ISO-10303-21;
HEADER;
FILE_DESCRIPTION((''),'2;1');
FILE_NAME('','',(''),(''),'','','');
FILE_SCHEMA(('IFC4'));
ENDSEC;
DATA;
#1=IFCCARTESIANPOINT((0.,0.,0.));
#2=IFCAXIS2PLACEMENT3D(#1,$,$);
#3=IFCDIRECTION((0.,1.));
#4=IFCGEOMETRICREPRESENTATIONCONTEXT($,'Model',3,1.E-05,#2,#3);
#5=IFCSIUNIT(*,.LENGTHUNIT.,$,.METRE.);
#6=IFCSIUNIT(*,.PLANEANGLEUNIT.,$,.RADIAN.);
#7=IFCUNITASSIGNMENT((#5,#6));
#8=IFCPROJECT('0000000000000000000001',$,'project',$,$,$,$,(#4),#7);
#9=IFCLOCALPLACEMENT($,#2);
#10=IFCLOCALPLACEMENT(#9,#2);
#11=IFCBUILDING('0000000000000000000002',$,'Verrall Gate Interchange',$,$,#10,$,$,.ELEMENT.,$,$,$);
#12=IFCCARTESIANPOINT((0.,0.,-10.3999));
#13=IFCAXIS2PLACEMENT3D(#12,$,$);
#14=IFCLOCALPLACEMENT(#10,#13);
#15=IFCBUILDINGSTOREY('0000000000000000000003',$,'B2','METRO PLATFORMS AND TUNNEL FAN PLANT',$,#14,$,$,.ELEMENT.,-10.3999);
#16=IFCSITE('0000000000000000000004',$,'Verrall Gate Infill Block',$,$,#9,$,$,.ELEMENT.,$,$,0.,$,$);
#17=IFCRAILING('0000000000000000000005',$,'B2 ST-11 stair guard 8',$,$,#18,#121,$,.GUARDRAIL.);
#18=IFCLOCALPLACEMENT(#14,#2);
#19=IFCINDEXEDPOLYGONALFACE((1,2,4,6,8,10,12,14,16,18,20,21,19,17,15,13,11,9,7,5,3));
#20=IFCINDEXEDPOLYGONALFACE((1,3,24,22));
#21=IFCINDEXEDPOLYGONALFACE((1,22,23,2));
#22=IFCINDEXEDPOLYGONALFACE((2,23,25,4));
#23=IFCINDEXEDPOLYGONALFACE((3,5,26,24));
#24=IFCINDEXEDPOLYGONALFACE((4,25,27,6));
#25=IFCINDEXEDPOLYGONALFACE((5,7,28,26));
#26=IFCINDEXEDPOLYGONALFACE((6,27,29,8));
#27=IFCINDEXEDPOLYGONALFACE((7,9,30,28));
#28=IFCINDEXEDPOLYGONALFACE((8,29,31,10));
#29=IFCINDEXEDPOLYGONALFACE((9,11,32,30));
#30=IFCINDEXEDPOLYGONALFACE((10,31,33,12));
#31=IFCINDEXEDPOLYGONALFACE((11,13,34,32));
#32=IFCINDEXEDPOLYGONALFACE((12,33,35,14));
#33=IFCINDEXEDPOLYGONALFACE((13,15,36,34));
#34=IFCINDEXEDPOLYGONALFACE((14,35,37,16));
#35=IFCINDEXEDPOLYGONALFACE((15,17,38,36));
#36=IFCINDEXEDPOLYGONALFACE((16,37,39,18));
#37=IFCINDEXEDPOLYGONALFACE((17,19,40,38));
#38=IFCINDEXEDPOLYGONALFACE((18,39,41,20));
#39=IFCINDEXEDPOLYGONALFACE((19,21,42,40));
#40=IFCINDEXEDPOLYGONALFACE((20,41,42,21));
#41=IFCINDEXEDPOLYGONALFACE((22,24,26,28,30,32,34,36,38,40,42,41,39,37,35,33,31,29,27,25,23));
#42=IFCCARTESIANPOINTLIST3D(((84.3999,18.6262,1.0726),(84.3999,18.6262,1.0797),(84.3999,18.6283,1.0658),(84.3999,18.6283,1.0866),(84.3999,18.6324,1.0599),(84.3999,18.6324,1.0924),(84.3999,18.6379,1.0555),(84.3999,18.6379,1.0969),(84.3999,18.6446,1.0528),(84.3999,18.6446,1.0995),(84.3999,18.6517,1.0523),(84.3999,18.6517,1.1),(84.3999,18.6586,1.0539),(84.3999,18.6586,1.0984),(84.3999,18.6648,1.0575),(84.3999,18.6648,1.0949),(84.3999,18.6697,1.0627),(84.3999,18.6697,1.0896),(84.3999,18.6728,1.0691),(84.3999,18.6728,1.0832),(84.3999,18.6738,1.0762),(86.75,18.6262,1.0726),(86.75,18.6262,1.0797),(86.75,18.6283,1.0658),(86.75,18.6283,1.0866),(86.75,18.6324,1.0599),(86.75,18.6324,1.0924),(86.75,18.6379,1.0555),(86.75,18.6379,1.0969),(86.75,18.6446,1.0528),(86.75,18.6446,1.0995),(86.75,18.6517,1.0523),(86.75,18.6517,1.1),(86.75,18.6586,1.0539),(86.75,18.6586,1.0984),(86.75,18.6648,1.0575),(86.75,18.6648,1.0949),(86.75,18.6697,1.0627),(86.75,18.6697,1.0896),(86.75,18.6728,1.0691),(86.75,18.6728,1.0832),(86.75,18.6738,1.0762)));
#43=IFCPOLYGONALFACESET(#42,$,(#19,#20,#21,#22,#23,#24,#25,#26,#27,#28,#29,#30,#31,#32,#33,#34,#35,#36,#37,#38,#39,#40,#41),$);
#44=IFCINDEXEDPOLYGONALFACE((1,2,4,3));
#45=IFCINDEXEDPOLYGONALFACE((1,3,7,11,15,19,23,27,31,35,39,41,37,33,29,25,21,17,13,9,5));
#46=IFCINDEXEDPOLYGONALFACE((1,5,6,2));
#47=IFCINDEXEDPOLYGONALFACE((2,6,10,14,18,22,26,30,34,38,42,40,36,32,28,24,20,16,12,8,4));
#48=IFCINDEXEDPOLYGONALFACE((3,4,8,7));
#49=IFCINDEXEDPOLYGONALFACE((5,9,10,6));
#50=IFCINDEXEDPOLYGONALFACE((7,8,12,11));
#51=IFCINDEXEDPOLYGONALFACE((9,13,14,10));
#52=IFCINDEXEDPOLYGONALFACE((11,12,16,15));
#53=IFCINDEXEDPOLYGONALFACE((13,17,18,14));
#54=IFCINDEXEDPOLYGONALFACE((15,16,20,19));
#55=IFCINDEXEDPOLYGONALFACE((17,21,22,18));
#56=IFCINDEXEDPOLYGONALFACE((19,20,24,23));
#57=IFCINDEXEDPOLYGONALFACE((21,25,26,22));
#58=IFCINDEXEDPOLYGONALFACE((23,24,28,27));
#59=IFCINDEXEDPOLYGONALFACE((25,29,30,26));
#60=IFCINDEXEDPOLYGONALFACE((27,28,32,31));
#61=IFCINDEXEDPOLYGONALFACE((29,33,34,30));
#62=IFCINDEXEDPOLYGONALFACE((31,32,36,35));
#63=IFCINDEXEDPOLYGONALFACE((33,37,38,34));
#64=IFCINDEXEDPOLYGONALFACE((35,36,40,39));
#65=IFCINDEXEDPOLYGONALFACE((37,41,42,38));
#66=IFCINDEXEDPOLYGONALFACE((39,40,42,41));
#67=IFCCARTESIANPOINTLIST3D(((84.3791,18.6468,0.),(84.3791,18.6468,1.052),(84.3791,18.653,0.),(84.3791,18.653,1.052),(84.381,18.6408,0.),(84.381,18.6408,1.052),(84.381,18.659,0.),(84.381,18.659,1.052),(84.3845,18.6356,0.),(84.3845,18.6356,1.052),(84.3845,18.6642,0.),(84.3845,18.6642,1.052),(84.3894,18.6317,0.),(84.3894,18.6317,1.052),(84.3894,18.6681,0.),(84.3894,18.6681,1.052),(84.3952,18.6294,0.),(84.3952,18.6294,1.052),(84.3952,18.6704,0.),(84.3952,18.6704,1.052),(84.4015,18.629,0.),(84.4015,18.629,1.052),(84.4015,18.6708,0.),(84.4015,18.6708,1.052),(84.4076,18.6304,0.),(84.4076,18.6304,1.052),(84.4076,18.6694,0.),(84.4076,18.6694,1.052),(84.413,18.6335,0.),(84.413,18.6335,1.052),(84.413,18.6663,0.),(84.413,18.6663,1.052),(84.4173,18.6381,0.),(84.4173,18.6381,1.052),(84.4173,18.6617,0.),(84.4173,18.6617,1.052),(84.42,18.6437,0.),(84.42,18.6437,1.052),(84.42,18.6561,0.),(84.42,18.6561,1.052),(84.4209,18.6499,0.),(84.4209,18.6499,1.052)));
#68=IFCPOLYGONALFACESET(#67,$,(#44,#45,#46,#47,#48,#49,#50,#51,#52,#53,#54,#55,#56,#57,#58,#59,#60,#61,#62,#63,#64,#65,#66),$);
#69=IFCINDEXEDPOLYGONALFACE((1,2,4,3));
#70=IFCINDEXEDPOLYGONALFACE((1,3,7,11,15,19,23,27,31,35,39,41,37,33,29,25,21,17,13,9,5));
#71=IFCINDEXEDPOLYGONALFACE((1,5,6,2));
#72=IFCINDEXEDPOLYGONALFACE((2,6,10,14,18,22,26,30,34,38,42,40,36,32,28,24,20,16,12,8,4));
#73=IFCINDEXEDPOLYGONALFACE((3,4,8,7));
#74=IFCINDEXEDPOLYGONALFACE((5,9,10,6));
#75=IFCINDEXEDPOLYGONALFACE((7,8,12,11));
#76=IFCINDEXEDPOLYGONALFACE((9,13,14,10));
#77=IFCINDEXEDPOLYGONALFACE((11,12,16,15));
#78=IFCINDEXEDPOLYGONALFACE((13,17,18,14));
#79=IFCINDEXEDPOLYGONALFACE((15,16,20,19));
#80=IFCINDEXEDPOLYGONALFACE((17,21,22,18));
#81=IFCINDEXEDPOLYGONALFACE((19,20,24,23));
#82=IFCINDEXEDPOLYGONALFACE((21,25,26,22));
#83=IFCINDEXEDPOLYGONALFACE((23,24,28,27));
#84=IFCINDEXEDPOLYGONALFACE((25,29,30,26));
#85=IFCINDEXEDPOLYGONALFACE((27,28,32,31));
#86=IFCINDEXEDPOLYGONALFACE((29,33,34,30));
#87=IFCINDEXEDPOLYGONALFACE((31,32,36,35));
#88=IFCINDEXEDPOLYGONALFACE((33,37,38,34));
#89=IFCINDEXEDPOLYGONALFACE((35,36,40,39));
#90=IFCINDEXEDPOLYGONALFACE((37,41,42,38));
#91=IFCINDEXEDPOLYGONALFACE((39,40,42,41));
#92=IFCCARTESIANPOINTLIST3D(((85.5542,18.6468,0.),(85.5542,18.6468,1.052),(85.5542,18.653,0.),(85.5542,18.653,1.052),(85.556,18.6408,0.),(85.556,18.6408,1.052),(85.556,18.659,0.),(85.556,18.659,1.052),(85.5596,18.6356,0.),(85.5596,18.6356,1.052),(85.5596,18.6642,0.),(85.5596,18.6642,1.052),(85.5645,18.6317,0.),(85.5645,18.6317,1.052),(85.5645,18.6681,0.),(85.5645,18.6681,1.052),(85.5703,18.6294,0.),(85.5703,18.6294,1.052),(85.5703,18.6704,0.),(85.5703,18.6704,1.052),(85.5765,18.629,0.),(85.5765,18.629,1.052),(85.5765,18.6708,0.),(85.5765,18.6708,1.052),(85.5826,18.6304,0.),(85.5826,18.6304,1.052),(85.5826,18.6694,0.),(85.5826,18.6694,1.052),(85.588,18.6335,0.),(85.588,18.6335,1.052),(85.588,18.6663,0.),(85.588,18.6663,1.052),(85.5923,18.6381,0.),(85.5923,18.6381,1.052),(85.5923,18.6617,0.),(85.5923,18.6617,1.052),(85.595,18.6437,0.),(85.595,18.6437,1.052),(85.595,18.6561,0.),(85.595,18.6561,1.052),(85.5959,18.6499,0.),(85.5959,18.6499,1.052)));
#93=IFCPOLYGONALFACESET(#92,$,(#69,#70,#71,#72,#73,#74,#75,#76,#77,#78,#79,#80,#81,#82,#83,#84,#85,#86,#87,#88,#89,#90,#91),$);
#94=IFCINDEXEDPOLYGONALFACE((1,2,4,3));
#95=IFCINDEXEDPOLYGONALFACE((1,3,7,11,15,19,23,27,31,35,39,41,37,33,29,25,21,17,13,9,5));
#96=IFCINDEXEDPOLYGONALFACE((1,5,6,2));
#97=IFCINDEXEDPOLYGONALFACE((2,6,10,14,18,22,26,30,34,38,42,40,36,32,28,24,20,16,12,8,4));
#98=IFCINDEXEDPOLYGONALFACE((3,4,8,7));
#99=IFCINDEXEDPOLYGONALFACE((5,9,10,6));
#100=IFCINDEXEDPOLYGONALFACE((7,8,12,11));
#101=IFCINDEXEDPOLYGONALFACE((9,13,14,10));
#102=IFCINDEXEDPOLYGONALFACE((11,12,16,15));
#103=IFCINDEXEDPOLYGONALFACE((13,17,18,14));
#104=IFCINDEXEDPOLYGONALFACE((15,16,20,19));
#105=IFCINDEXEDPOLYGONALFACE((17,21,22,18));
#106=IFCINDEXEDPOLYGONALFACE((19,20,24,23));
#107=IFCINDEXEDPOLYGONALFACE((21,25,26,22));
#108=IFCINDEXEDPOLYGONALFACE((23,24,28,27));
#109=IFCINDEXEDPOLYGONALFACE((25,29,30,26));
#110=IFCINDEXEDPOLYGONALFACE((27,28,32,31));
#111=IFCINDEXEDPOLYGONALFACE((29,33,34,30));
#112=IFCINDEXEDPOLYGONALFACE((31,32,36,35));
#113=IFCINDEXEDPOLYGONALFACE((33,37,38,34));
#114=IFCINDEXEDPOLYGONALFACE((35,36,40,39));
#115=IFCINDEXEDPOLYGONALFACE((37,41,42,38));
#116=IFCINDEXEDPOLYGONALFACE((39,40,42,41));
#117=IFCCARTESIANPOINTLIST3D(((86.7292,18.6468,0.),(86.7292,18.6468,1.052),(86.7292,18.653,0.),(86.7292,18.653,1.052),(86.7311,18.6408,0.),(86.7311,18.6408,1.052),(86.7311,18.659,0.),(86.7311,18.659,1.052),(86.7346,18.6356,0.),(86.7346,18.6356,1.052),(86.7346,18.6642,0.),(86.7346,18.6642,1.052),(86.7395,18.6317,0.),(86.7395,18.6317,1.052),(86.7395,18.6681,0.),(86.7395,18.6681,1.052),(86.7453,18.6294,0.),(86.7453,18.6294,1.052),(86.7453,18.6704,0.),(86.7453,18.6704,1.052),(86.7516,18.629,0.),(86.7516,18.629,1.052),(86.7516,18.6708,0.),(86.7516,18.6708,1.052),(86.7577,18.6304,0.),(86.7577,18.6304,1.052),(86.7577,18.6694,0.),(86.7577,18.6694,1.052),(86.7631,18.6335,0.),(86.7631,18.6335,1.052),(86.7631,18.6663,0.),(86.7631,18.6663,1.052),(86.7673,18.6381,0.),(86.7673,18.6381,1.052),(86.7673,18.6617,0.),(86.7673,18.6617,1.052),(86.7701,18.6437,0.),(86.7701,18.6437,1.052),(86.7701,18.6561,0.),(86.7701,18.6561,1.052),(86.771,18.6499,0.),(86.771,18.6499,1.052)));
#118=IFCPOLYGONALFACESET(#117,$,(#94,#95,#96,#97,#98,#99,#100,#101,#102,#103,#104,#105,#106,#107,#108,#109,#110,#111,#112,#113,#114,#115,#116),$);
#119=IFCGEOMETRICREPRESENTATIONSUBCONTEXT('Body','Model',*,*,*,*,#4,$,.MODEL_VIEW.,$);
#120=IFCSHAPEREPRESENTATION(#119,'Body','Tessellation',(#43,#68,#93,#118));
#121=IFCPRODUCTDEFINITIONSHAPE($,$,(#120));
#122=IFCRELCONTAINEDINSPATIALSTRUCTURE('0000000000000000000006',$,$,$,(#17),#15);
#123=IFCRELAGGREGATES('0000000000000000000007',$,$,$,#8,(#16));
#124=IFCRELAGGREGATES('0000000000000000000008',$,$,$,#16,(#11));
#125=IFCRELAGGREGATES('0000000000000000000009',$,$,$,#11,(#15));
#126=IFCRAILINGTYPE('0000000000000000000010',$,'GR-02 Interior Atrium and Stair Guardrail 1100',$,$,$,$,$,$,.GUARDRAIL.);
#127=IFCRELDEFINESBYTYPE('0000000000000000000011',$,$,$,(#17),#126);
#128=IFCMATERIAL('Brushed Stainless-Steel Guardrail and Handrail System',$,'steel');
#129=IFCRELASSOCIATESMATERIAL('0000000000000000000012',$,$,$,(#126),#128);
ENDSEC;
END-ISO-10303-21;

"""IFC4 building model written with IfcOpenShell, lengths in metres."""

from ifc_helpers import new_model, si_unit, direction, frame, origin, origin_2d, place, context, subcontext, project, spatial, circle, extrude, material, type_object, element, save


model = new_model("IFC4")

# Units and contexts
model_context = context("Model", 3, precision=1e-05, world=origin(), true_north=direction((0.0, 1.0)))
body_context = subcontext(model_context, "Body", "Model", "MODEL_VIEW")
ifc_project = project(units=[si_unit("LENGTHUNIT", "METRE"), si_unit("PLANEANGLEUNIT", "RADIAN")], contexts=[model_context])

# Site, building, storey
site_placement = place(None, origin())
site = spatial("IfcSite", under=ifc_project, at=site_placement, Name="Verrall Gate Infill Block", CompositionType="ELEMENT", RefElevation=0.0)
building_placement = place(site_placement, origin())
building = spatial("IfcBuilding", under=site, at=building_placement, Name="Verrall Gate Interchange", CompositionType="ELEMENT")
storey_placement = place(building_placement, frame((0.0, 0.0, -10.3999)))
storey = spatial("IfcBuildingStorey", under=building, at=storey_placement, Name="B2", Description="METRO PLATFORMS AND TUNNEL FAN PLANT", CompositionType="ELEMENT", Elevation=-10.3999)

# Railing
ifc_material_1 = material(Name="Brushed Stainless-Steel Guardrail and Handrail System", Category="steel")
railing_type = type_object("IfcRailingType", Name="GR-02 Interior Atrium and Stair Guardrail 1100", PredefinedType="GUARDRAIL", material=ifc_material_1)
railing_1_placement = place(storey_placement, frame((84.3999, 18.6499, 0.0)))
element("IfcRailing", 1, at=railing_1_placement, inside=storey, type_object=railing_type, Name="B2 ST-11 stair guard 8", PredefinedType="GUARDRAIL", context=body_context, shape_type="SweptSolid", body=[
    extrude(circle(Radius=0.0239, at=origin_2d()), frame((0.0, 0.0, 1.0762), z_axis=(1.0, 0.0, 0.0), x_axis=(0.0, 1.0, 0.0)), (0.0, 0.0, 1.0), 2.3501),
    extrude(circle(Radius=0.021, at=origin_2d()), origin(), (0.0, 0.0, 1.0), 1.052),
    extrude(circle(Radius=0.021, at=origin_2d()), frame((1.175, 0.0, 0.0)), (0.0, 0.0, 1.0), 1.052),
    extrude(circle(Radius=0.021, at=origin_2d()), frame((2.3501, 0.0, 0.0)), (0.0, 0.0, 1.0), 1.052),
])

save(model, "model.ifc")
